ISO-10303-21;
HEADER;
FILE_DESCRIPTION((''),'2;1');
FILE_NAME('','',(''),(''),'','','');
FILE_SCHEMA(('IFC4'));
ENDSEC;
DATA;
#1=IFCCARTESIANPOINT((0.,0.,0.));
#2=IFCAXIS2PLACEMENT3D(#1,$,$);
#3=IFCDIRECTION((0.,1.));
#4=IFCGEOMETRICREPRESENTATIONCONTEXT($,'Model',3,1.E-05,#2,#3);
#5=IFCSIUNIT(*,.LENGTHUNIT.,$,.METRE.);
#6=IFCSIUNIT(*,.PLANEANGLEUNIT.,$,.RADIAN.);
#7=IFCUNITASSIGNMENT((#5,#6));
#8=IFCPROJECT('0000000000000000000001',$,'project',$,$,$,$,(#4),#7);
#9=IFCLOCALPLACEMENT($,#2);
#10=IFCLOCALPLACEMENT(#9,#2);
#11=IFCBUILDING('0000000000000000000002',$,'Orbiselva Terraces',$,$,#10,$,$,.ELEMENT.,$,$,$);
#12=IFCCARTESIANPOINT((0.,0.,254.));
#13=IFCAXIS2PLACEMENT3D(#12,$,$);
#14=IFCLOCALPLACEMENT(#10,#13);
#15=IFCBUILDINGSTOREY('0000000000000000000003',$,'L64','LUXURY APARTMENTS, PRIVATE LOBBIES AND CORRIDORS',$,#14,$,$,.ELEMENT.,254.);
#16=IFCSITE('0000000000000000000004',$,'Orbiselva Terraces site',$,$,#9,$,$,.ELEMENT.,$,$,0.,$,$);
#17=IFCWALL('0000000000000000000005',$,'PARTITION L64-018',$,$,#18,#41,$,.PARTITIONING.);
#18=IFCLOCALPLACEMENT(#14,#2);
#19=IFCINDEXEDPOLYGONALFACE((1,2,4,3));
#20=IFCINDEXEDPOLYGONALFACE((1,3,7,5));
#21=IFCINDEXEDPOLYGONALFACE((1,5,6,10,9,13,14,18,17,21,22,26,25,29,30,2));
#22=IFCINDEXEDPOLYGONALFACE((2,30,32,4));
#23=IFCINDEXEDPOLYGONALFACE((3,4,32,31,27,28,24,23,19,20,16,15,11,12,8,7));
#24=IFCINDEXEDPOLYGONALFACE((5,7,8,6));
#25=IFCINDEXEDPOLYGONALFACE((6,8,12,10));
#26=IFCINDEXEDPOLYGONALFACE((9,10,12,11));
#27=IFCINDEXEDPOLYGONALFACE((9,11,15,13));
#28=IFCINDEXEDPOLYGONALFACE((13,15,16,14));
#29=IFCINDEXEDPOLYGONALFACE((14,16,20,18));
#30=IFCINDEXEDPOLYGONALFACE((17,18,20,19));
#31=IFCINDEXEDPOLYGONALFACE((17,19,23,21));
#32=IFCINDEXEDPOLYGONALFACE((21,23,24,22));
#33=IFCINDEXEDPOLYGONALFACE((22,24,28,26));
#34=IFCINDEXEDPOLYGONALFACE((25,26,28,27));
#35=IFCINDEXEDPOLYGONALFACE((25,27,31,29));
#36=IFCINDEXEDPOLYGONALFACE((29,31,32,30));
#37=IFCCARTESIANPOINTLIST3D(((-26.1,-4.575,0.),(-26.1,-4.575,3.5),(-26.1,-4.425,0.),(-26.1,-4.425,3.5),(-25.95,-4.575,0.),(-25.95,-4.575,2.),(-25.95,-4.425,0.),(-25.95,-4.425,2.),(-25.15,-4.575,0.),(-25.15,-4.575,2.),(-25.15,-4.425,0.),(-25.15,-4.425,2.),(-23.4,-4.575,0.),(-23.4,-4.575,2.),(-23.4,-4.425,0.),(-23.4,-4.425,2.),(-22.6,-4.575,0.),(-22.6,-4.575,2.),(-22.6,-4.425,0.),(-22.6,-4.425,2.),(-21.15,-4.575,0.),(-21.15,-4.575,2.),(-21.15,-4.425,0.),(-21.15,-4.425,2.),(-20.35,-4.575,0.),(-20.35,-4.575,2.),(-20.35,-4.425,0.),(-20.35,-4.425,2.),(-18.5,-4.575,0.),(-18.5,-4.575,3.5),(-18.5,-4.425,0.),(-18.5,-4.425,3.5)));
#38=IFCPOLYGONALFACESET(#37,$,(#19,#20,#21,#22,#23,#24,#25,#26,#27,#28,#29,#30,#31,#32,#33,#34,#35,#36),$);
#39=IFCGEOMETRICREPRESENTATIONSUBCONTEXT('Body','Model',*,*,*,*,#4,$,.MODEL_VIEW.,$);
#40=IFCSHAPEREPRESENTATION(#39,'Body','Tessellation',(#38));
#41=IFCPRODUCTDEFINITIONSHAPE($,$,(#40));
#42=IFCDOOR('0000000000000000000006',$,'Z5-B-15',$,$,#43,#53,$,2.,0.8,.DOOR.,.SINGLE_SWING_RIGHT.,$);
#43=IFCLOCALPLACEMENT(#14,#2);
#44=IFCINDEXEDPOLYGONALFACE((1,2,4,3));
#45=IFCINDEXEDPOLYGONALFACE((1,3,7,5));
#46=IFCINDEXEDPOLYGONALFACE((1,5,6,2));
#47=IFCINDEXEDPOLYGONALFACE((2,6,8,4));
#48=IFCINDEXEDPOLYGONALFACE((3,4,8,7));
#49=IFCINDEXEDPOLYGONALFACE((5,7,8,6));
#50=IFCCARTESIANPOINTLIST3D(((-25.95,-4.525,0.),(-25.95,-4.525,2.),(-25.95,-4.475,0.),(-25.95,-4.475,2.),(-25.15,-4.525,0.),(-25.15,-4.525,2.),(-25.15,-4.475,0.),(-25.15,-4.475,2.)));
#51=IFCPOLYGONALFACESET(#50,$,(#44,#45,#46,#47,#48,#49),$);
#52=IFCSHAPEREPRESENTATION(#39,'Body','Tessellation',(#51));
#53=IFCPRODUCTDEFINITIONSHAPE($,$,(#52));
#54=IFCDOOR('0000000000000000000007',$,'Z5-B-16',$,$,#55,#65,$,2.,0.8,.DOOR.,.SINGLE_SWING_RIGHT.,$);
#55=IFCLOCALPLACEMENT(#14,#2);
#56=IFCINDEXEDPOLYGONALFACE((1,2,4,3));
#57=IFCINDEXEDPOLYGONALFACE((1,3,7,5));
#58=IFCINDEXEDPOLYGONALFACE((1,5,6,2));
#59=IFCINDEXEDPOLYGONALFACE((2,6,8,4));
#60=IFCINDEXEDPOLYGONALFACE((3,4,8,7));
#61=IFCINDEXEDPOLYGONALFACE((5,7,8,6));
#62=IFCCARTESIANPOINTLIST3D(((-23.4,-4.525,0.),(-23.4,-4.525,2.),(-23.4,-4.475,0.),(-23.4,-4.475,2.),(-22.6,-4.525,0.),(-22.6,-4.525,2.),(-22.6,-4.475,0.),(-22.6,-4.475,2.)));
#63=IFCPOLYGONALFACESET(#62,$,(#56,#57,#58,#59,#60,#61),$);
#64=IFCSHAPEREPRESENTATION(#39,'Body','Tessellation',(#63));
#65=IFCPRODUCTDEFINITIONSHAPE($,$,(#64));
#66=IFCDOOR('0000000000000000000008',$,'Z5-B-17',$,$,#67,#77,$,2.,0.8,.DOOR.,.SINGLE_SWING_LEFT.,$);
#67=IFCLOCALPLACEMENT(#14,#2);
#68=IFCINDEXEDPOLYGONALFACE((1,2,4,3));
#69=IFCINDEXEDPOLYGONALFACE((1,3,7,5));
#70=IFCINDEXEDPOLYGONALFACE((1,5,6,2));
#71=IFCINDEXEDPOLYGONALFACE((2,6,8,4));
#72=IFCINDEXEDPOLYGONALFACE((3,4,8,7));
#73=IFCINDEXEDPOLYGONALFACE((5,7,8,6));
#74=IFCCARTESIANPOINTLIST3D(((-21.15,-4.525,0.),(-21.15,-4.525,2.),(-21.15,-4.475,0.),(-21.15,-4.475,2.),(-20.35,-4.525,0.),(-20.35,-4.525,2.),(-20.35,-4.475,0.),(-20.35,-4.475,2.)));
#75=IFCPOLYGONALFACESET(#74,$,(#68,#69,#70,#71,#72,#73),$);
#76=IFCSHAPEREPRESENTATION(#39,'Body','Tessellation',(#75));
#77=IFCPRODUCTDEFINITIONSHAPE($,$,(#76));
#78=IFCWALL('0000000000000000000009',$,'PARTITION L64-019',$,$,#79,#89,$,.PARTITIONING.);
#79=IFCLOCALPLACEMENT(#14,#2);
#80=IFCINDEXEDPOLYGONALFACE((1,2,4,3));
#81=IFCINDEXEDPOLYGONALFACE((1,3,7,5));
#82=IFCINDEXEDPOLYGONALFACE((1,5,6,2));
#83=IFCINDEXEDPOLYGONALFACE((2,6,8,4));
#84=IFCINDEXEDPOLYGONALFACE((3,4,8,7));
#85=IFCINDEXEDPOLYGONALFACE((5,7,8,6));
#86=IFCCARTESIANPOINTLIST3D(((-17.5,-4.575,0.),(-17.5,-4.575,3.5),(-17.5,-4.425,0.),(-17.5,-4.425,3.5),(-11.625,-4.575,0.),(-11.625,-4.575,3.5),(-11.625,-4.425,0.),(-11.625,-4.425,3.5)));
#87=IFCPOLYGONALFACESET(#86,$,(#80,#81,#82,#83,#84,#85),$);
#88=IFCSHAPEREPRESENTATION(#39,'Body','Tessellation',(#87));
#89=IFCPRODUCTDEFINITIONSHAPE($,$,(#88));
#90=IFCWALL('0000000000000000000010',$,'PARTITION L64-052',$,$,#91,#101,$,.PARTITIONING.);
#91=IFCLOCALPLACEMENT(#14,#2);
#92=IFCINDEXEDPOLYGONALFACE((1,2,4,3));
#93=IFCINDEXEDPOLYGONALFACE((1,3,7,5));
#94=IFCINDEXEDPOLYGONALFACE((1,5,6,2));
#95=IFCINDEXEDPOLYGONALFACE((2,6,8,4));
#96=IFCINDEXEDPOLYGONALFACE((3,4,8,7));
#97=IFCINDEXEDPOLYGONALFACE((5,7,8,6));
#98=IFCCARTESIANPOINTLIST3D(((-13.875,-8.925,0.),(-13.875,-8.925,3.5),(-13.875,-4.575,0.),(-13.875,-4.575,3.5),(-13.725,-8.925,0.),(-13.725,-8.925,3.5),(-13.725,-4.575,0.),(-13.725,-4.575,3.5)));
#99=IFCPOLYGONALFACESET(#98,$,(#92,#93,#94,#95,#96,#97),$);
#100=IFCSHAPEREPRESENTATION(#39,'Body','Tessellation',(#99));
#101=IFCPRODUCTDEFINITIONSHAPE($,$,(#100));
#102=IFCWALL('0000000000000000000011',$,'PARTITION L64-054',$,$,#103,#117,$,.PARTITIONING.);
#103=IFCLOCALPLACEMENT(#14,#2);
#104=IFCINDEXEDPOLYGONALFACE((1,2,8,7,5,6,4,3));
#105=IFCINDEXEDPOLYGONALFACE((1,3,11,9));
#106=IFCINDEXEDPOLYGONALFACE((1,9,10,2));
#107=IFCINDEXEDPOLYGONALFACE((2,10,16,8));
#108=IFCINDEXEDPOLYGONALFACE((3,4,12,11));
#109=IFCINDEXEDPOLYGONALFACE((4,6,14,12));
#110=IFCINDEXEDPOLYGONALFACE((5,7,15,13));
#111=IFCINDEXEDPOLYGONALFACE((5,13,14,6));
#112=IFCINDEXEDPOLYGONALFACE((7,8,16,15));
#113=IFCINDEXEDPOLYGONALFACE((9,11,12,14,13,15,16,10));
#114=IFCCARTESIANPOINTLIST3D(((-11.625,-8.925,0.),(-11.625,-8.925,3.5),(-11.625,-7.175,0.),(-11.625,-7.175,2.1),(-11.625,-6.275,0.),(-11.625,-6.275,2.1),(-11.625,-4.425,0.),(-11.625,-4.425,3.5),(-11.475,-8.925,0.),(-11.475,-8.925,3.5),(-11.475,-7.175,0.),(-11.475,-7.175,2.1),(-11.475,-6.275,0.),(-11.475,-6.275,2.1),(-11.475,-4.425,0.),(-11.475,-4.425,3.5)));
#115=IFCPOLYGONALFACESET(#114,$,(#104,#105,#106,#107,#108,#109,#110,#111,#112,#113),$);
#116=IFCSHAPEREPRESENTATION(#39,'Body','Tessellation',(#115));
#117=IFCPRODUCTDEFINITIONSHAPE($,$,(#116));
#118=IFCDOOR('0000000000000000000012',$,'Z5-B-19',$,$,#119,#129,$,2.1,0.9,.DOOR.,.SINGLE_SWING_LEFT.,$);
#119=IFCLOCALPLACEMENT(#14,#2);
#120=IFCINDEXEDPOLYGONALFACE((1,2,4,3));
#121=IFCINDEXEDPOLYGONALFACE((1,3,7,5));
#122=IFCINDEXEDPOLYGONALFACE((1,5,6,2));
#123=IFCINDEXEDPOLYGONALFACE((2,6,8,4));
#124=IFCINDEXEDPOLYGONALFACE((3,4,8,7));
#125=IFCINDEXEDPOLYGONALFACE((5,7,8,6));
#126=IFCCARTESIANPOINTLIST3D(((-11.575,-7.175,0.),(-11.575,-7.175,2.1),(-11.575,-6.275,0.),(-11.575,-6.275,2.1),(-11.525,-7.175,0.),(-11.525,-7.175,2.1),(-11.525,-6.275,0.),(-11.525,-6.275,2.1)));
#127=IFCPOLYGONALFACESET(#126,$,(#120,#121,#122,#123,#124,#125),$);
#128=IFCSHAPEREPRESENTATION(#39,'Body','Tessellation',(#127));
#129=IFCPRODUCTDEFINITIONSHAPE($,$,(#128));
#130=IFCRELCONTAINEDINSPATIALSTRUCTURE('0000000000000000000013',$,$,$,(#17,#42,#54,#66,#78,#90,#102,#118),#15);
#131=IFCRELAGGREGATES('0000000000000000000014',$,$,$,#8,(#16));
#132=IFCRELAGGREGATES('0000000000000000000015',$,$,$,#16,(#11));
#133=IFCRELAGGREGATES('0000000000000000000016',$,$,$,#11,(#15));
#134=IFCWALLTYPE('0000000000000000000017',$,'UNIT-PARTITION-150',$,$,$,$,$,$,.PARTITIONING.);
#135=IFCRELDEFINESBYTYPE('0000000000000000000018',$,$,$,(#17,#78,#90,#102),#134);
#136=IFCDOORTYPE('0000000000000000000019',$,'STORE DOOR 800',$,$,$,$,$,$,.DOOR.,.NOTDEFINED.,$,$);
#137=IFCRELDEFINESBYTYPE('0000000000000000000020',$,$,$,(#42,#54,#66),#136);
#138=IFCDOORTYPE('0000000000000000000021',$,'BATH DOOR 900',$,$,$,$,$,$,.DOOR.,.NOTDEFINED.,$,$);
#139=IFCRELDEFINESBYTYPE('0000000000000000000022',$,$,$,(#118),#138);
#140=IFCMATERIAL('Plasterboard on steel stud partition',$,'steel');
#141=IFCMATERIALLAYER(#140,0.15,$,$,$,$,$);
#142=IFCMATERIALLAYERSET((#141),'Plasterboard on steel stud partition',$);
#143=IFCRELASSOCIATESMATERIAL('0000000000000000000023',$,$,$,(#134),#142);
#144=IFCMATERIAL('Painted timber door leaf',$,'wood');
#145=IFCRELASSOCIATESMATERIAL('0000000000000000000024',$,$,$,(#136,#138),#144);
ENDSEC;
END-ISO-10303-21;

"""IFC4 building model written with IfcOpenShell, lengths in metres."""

from ifc_helpers import new_model, si_unit, direction, frame, frame_2d, origin, place, context, subcontext, project, spatial, rectangle, extrude, material, layer, layer_set, type_object, element, fill, save


model = new_model("IFC4")

# Units and contexts
model_context = context("Model", 3, precision=1e-05, world=origin(), true_north=direction((0.0, 1.0)))
body_context = subcontext(model_context, "Body", "Model", "MODEL_VIEW")
ifc_project = project(units=[si_unit("LENGTHUNIT", "METRE"), si_unit("PLANEANGLEUNIT", "RADIAN")], contexts=[model_context])

# Site, building, storey
site_placement = place(None, origin())
site = spatial("IfcSite", under=ifc_project, at=site_placement, Name="Orbiselva Terraces site", CompositionType="ELEMENT", RefElevation=0.0)
building_placement = place(site_placement, origin())
building = spatial("IfcBuilding", under=site, at=building_placement, Name="Orbiselva Terraces", CompositionType="ELEMENT")
storey_placement = place(building_placement, frame((0.0, 0.0, 254.0)))
storey = spatial("IfcBuildingStorey", under=building, at=storey_placement, Name="L64", Description="LUXURY APARTMENTS, PRIVATE LOBBIES AND CORRIDORS", CompositionType="ELEMENT", Elevation=254.0)

# Shared definitions
ifc_material_1 = material(Name="Plasterboard on steel stud partition", Category="steel")

# Shared definitions
ifc_layer_1 = layer(ifc_material_1, 0.15)
ifc_layer_set_1 = layer_set([ifc_layer_1], Name="Plasterboard on steel stud partition")
wall_type_1 = type_object("IfcWallType", Name="UNIT-PARTITION-150", PredefinedType="PARTITIONING", material=ifc_layer_set_1)
ifc_material_2 = material(Name="Painted timber door leaf", Category="wood")

# Wall, openings, doors
wall_1_placement = place(storey_placement, frame((-18.5, -4.5, 0.0), z_axis=(0.0, 0.0, 1.0), x_axis=(-1.0, 0.0, 0.0)))
wall_1 = element("IfcWall", 1, at=wall_1_placement, inside=storey, type_object=wall_type_1, Name="PARTITION L64-018", PredefinedType="PARTITIONING", context=body_context, shape_type="SweptSolid", body=[
    extrude(rectangle(XDim=7.6, YDim=0.15, at=frame_2d((3.8, 0.0))), origin(), (0.0, 0.0, 1.0), 3.5),
])
opening_1_placement = place(wall_1_placement, frame((6.65, 0.0, 0.0)))
opening_1 = element("IfcOpeningElement", 2, at=opening_1_placement, cuts=wall_1, PredefinedType="OPENING", context=body_context, shape_type="SweptSolid", body=[
    extrude(rectangle(XDim=0.8, YDim=2.0, at=frame_2d((0.4, 1.0))), frame((0.0, 0.085, 0.0), z_axis=(0.0, -1.0, 0.0), x_axis=(1.0, 0.0, 0.0)), (0.0, 0.0, 1.0), 0.17),
])
opening_2_placement = place(wall_1_placement, frame((4.1, 0.0, 0.0)))
opening_2 = element("IfcOpeningElement", 3, at=opening_2_placement, cuts=wall_1, PredefinedType="OPENING", context=body_context, shape_type="SweptSolid", body=[
    extrude(rectangle(XDim=0.8, YDim=2.0, at=frame_2d((0.4, 1.0))), frame((0.0, 0.085, 0.0), z_axis=(0.0, -1.0, 0.0), x_axis=(1.0, 0.0, 0.0)), (0.0, 0.0, 1.0), 0.17),
])
opening_3_placement = place(wall_1_placement, frame((1.85, 0.0, 0.0)))
opening_3 = element("IfcOpeningElement", 4, at=opening_3_placement, cuts=wall_1, PredefinedType="OPENING", context=body_context, shape_type="SweptSolid", body=[
    extrude(rectangle(XDim=0.8, YDim=2.0, at=frame_2d((0.4, 1.0))), frame((0.0, 0.085, 0.0), z_axis=(0.0, -1.0, 0.0), x_axis=(1.0, 0.0, 0.0)), (0.0, 0.0, 1.0), 0.17),
])
door_type_1 = type_object("IfcDoorType", Name="STORE DOOR 800", OperationType="NOTDEFINED", PredefinedType="DOOR", material=ifc_material_2)
door_1_placement = place(opening_1_placement, origin())
door_1 = element("IfcDoor", 5, at=door_1_placement, inside=storey, type_object=door_type_1, Name="Z5-B-15", OperationType="SINGLE_SWING_RIGHT", OverallHeight=2.0, OverallWidth=0.8, PredefinedType="DOOR", context=body_context, shape_type="SweptSolid", body=[
    extrude(rectangle(XDim=0.8, YDim=2.0, at=frame_2d((0.4, 1.0))), frame((0.0, 0.025, 0.0), z_axis=(0.0, -1.0, 0.0), x_axis=(1.0, 0.0, 0.0)), (0.0, 0.0, 1.0), 0.05),
])
fill(opening_1, door_1)
door_2_placement = place(opening_2_placement, origin())
door_2 = element("IfcDoor", 6, at=door_2_placement, inside=storey, type_object=door_type_1, Name="Z5-B-16", OperationType="SINGLE_SWING_RIGHT", OverallHeight=2.0, OverallWidth=0.8, PredefinedType="DOOR", context=body_context, shape_type="SweptSolid", body=[
    extrude(rectangle(XDim=0.8, YDim=2.0, at=frame_2d((0.4, 1.0))), frame((0.0, 0.025, 0.0), z_axis=(0.0, -1.0, 0.0), x_axis=(1.0, 0.0, 0.0)), (0.0, 0.0, 1.0), 0.05),
])
fill(opening_2, door_2)
door_3_placement = place(opening_3_placement, origin())
door_3 = element("IfcDoor", 7, at=door_3_placement, inside=storey, type_object=door_type_1, Name="Z5-B-17", OperationType="SINGLE_SWING_LEFT", OverallHeight=2.0, OverallWidth=0.8, PredefinedType="DOOR", context=body_context, shape_type="SweptSolid", body=[
    extrude(rectangle(XDim=0.8, YDim=2.0, at=frame_2d((0.4, 1.0))), frame((0.0, 0.025, 0.0), z_axis=(0.0, -1.0, 0.0), x_axis=(1.0, 0.0, 0.0)), (0.0, 0.0, 1.0), 0.05),
])
fill(opening_3, door_3)

# Walls
wall_2_placement = place(storey_placement, frame((-17.5, -4.5, 0.0), z_axis=(0.0, 0.0, 1.0), x_axis=(1.0, 0.0, 0.0)))
element("IfcWall", 8, at=wall_2_placement, inside=storey, type_object=wall_type_1, Name="PARTITION L64-019", PredefinedType="PARTITIONING", context=body_context, shape_type="SweptSolid", body=[
    extrude(rectangle(XDim=5.875, YDim=0.15, at=frame_2d((2.9375, 0.0))), origin(), (0.0, 0.0, 1.0), 3.5),
])
wall_3_placement = place(storey_placement, frame((-13.8, -8.925, 0.0), z_axis=(0.0, 0.0, 1.0), x_axis=(0.0, 1.0, 0.0)))
element("IfcWall", 9, at=wall_3_placement, inside=storey, type_object=wall_type_1, Name="PARTITION L64-052", PredefinedType="PARTITIONING", context=body_context, shape_type="SweptSolid", body=[
    extrude(rectangle(XDim=4.35, YDim=0.15, at=frame_2d((2.175, 0.0))), origin(), (0.0, 0.0, 1.0), 3.5),
])

# Wall, opening, door
wall_4_placement = place(storey_placement, frame((-11.55, -8.925, 0.0), z_axis=(0.0, 0.0, 1.0), x_axis=(0.0, 1.0, 0.0)))
wall_4 = element("IfcWall", 10, at=wall_4_placement, inside=storey, type_object=wall_type_1, Name="PARTITION L64-054", PredefinedType="PARTITIONING", context=body_context, shape_type="SweptSolid", body=[
    extrude(rectangle(XDim=4.5, YDim=0.15, at=frame_2d((2.25, 0.0))), origin(), (0.0, 0.0, 1.0), 3.5),
])
opening_4_placement = place(wall_4_placement, frame((1.75, 0.0, 0.0)))
opening_4 = element("IfcOpeningElement", 11, at=opening_4_placement, cuts=wall_4, PredefinedType="OPENING", context=body_context, shape_type="SweptSolid", body=[
    extrude(rectangle(XDim=0.9, YDim=2.1, at=frame_2d((0.45, 1.05))), frame((0.0, 0.085, 0.0), z_axis=(0.0, -1.0, 0.0), x_axis=(1.0, 0.0, 0.0)), (0.0, 0.0, 1.0), 0.17),
])
door_type_2 = type_object("IfcDoorType", Name="BATH DOOR 900", OperationType="NOTDEFINED", PredefinedType="DOOR", material=ifc_material_2)
door_4_placement = place(opening_4_placement, origin())
door_4 = element("IfcDoor", 12, at=door_4_placement, inside=storey, type_object=door_type_2, Name="Z5-B-19", OperationType="SINGLE_SWING_LEFT", OverallHeight=2.1, OverallWidth=0.9, PredefinedType="DOOR", context=body_context, shape_type="SweptSolid", body=[
    extrude(rectangle(XDim=0.9, YDim=2.1, at=frame_2d((0.45, 1.05))), frame((0.0, 0.025, 0.0), z_axis=(0.0, -1.0, 0.0), x_axis=(1.0, 0.0, 0.0)), (0.0, 0.0, 1.0), 0.05),
])
fill(opening_4, door_4)

save(model, "model.ifc")
